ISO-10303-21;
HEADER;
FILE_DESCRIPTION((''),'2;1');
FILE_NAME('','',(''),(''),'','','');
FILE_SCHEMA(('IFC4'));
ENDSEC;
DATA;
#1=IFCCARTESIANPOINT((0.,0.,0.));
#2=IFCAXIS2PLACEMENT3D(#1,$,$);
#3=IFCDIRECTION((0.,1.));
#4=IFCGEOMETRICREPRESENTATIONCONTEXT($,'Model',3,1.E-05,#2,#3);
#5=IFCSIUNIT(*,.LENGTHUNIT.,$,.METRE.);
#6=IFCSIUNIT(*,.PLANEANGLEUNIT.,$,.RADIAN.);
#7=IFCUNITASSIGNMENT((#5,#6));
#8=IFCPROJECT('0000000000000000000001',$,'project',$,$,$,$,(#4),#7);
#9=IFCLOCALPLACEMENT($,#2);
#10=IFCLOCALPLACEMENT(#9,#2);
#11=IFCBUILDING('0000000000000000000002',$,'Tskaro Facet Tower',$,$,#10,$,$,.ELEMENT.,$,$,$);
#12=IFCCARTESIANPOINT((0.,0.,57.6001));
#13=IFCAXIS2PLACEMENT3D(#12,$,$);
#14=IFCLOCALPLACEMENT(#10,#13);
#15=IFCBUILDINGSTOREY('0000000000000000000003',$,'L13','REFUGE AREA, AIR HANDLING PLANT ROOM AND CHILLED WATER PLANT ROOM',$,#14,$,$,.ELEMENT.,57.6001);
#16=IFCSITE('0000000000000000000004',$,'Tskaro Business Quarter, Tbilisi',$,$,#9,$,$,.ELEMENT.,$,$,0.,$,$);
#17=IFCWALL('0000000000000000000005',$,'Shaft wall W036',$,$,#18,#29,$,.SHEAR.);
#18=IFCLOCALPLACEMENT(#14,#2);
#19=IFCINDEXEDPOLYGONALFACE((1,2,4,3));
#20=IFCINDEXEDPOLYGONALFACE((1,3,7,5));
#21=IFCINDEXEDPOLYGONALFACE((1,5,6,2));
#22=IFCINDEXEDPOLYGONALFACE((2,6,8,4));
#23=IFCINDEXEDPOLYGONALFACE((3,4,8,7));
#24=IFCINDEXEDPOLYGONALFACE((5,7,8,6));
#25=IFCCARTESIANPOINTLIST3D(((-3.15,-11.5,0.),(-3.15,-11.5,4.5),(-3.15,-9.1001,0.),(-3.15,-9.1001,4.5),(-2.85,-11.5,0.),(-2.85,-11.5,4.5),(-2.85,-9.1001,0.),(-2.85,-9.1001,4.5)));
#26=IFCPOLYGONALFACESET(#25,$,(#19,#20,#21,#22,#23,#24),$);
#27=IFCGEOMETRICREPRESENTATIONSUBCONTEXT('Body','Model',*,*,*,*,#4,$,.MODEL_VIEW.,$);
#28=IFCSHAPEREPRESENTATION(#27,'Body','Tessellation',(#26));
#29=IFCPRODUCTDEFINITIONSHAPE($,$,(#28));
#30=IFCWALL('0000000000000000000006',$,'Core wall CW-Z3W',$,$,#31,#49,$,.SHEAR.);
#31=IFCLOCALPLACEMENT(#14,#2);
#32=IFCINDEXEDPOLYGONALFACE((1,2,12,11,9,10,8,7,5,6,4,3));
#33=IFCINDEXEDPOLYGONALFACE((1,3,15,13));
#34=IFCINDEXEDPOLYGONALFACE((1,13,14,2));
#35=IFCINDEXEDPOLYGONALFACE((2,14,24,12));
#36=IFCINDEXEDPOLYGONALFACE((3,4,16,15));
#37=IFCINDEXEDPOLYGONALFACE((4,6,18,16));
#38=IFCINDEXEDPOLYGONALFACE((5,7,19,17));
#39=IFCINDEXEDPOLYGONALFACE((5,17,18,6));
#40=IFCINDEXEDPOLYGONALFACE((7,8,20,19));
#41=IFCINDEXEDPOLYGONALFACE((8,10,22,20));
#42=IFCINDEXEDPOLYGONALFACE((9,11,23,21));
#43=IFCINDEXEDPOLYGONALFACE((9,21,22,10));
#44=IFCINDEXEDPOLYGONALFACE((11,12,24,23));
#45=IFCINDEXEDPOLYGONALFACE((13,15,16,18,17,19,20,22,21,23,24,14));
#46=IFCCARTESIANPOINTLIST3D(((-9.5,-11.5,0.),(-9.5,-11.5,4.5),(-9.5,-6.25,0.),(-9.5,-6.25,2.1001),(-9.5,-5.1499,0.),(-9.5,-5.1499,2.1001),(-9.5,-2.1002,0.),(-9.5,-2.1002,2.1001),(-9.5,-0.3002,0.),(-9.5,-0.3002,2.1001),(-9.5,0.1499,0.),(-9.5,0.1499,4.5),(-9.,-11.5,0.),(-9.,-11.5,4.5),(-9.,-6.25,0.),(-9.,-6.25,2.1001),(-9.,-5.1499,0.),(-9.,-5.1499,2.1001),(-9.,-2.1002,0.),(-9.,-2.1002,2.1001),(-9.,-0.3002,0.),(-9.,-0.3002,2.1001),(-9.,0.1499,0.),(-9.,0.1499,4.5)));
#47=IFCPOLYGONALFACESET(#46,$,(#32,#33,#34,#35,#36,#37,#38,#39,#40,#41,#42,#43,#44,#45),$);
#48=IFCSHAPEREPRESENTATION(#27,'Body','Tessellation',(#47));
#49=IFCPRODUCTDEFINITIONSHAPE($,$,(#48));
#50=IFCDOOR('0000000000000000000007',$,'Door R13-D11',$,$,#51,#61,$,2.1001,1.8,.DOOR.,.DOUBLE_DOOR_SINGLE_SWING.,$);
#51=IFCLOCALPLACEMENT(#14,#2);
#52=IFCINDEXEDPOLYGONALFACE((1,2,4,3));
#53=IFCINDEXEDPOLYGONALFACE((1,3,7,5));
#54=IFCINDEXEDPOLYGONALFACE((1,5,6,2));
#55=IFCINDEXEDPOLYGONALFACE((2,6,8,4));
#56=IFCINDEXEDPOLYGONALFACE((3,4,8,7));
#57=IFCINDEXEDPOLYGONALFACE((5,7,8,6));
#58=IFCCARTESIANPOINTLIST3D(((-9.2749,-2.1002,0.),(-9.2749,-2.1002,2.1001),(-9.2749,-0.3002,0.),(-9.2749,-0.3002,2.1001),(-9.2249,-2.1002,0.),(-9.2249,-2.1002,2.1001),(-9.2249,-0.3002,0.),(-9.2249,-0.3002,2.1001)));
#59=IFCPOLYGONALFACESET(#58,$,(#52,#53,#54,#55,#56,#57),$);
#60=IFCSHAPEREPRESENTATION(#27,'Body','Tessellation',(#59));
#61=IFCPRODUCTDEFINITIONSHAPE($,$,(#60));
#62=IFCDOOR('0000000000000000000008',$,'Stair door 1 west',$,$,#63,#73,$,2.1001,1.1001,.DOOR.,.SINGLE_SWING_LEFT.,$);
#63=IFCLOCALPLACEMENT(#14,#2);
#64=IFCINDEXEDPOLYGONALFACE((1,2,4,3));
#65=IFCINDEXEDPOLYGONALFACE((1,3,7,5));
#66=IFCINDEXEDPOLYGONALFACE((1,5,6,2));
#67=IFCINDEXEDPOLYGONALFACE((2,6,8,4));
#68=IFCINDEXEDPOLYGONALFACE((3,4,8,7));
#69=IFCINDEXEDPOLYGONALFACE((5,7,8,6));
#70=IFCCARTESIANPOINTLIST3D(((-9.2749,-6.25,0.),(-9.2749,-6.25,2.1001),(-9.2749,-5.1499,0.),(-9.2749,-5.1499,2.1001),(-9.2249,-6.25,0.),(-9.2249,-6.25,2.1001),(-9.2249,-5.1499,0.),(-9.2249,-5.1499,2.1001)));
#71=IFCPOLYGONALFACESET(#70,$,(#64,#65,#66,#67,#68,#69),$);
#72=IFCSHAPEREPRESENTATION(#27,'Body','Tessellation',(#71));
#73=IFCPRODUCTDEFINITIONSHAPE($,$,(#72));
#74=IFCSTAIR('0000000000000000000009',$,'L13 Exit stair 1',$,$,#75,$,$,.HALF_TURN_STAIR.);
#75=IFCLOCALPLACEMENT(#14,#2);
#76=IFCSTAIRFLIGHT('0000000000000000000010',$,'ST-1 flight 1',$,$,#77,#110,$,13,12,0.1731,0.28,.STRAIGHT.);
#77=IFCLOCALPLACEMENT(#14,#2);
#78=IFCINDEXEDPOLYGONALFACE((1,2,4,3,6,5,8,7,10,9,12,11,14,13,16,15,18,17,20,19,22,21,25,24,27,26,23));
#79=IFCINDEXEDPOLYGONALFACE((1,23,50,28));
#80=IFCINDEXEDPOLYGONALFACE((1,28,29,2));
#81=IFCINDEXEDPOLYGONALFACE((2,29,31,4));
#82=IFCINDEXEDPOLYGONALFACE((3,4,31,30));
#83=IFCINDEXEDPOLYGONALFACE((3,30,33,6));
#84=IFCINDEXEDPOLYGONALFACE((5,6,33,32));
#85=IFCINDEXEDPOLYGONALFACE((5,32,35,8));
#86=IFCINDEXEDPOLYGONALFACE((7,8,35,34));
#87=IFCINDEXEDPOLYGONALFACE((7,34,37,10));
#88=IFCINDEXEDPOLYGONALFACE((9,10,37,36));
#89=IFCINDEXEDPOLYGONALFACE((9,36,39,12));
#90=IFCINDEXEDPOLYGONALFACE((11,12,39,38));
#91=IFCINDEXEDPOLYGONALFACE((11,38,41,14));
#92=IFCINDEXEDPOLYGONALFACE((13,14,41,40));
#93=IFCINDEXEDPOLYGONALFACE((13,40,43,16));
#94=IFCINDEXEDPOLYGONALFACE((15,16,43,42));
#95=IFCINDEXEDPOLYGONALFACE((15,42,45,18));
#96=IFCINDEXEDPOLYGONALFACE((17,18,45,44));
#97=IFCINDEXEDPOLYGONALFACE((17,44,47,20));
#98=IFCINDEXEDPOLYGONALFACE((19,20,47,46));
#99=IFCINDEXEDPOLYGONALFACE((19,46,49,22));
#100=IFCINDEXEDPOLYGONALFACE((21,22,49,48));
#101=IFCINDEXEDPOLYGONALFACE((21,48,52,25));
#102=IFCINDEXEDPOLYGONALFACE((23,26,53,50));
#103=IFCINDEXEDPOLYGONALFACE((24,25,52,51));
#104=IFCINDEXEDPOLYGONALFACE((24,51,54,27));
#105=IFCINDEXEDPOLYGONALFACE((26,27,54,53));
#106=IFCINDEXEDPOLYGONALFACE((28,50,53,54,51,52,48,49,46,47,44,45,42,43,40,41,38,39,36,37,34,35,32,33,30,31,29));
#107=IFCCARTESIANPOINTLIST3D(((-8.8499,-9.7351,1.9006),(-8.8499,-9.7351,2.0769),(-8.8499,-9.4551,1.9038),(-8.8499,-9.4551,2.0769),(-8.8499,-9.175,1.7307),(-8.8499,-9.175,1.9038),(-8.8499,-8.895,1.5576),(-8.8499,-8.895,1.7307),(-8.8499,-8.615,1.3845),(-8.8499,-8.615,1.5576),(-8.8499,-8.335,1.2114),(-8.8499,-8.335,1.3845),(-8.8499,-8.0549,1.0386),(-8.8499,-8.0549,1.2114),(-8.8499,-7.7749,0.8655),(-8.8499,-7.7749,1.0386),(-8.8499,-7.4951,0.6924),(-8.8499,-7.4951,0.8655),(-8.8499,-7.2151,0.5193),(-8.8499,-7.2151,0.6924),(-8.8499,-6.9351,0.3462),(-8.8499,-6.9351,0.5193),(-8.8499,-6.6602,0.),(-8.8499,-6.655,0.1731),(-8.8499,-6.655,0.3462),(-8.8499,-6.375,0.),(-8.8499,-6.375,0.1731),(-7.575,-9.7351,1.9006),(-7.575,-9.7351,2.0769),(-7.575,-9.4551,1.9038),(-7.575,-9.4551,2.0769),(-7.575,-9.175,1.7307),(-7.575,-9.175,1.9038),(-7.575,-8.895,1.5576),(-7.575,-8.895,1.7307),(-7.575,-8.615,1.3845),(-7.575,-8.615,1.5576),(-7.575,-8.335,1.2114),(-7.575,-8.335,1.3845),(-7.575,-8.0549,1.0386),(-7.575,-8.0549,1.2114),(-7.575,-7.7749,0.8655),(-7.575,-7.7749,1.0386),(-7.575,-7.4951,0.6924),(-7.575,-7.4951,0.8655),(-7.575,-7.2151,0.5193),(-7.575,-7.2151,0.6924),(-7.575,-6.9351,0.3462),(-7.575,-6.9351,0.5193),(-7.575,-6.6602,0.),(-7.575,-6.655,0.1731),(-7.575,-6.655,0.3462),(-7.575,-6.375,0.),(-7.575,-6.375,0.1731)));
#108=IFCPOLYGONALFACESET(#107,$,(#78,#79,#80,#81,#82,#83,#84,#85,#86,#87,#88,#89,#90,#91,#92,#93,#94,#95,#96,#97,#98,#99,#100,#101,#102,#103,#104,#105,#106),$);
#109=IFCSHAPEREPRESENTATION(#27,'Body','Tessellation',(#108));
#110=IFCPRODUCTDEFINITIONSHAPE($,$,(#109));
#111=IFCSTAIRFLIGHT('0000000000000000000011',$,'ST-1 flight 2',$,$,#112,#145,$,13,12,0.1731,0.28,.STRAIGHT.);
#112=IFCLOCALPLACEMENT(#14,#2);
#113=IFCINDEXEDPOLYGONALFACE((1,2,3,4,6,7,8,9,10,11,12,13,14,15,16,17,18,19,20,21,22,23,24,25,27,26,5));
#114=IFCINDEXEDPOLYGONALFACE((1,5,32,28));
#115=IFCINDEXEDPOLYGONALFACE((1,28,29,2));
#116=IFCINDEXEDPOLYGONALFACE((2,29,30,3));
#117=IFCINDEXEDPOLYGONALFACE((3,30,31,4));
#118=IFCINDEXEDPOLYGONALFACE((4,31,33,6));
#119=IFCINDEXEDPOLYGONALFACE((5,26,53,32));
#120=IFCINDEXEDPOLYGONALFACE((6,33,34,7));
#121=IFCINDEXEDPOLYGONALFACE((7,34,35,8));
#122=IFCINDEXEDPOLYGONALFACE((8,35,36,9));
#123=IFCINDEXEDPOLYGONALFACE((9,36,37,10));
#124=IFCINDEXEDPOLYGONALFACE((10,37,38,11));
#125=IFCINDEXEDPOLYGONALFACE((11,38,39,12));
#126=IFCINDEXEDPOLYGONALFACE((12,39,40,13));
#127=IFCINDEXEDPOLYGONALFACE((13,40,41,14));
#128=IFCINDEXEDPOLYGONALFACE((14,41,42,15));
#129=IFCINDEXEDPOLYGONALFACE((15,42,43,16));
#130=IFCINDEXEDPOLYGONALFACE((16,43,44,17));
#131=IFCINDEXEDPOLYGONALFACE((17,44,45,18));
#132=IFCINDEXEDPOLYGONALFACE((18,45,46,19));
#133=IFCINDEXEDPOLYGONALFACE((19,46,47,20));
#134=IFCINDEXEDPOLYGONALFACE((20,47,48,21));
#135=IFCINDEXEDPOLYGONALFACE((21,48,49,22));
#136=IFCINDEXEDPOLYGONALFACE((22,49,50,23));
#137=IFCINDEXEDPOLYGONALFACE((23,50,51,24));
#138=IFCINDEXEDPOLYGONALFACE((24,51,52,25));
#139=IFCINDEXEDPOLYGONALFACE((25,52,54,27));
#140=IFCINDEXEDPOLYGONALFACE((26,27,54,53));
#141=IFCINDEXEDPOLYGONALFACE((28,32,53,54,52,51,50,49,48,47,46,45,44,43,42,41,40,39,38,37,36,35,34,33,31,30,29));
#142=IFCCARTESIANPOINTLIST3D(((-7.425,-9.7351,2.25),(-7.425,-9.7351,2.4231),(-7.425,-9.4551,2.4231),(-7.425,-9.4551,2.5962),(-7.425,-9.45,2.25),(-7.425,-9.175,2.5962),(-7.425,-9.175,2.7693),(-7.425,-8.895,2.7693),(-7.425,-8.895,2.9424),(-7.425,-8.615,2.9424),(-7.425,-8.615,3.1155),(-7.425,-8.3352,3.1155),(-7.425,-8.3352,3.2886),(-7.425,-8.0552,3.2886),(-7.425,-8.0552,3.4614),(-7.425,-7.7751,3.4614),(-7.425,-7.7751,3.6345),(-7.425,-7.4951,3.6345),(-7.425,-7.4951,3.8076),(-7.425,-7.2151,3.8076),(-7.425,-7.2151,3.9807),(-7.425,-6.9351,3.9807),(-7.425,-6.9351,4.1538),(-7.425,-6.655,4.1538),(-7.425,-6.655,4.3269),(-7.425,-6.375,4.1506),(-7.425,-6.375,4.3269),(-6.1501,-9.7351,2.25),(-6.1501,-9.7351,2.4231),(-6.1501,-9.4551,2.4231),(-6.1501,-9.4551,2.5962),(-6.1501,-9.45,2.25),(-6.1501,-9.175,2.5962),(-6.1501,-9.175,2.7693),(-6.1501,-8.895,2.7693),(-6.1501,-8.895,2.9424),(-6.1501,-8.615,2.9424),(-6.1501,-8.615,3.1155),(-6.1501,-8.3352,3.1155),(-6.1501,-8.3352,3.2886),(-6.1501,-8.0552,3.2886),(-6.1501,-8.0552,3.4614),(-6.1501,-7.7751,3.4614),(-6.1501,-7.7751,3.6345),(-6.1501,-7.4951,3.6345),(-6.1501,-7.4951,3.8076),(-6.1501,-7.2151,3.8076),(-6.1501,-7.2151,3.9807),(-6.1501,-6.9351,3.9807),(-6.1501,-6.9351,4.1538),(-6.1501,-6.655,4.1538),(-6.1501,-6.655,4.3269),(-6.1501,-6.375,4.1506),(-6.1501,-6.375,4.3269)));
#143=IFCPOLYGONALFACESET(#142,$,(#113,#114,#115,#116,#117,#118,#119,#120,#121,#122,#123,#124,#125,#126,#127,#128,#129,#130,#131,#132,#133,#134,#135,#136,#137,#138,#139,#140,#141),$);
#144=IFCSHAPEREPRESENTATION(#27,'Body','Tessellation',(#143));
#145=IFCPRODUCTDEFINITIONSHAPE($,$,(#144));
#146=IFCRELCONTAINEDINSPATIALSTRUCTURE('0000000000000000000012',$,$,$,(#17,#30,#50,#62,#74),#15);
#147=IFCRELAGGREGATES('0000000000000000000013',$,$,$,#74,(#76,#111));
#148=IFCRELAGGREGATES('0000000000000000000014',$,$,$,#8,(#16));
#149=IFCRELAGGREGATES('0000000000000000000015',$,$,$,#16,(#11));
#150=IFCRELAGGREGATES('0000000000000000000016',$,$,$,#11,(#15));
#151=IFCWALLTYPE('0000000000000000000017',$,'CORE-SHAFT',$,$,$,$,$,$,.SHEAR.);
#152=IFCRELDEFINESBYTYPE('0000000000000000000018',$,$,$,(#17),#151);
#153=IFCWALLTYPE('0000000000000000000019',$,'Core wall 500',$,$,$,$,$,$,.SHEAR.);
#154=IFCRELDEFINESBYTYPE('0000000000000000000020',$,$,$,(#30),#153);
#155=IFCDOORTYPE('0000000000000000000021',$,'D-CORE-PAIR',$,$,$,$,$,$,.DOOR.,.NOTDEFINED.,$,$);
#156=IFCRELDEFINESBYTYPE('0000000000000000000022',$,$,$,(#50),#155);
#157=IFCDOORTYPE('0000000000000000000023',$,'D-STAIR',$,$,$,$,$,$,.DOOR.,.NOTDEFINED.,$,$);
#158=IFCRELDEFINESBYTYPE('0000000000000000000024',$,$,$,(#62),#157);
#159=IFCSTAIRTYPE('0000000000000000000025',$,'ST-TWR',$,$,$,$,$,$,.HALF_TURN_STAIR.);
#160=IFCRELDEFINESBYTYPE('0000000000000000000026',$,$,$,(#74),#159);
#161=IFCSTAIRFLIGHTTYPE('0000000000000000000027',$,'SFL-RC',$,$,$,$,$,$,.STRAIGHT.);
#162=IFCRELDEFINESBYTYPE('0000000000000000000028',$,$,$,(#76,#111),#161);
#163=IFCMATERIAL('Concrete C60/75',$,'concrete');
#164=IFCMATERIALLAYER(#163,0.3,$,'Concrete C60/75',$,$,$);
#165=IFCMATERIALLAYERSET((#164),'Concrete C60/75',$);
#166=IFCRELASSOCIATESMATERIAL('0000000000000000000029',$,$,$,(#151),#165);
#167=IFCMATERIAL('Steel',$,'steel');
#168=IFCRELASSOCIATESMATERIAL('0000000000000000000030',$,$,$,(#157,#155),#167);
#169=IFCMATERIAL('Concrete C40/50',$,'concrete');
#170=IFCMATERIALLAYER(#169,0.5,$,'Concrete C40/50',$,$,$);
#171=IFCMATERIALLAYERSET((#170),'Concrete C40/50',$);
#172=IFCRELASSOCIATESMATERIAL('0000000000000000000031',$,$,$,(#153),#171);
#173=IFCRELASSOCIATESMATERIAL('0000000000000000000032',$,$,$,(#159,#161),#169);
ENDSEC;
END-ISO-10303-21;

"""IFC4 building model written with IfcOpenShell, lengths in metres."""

from ifc_helpers import new_model, si_unit, direction, frame, frame_2d, origin, place, context, subcontext, project, spatial, polyline, rectangle, outline, extrude, material, layer, layer_set, type_object, element, fill, aggregate, save


model = new_model("IFC4")

# Units and contexts
model_context = context("Model", 3, precision=1e-05, world=origin(), true_north=direction((0.0, 1.0)))
body_context = subcontext(model_context, "Body", "Model", "MODEL_VIEW")
ifc_project = project(units=[si_unit("LENGTHUNIT", "METRE"), si_unit("PLANEANGLEUNIT", "RADIAN")], contexts=[model_context])

# Site, building, storey
site_placement = place(None, origin())
site = spatial("IfcSite", under=ifc_project, at=site_placement, Name="Tskaro Business Quarter, Tbilisi", CompositionType="ELEMENT", RefElevation=0.0)
building_placement = place(site_placement, origin())
building = spatial("IfcBuilding", under=site, at=building_placement, Name="Tskaro Facet Tower", CompositionType="ELEMENT")
storey_placement = place(building_placement, frame((0.0, 0.0, 57.6001)))
storey = spatial("IfcBuildingStorey", under=building, at=storey_placement, Name="L13", Description="REFUGE AREA, AIR HANDLING PLANT ROOM AND CHILLED WATER PLANT ROOM", CompositionType="ELEMENT", Elevation=57.6001)

# Shared definitions
ifc_material_1 = material(Name="Concrete C60/75", Category="concrete")
ifc_layer_1 = layer(ifc_material_1, 0.3, Name="Concrete C60/75")
ifc_layer_set_1 = layer_set([ifc_layer_1], Name="Concrete C60/75")
wall_type_1 = type_object("IfcWallType", Name="CORE-SHAFT", PredefinedType="SHEAR", material=ifc_layer_set_1)

# Shared definitions
ifc_material_2 = material(Name="Steel", Category="steel")
door_type_1 = type_object("IfcDoorType", Name="D-STAIR", OperationType="NOTDEFINED", PredefinedType="DOOR", material=ifc_material_2)

# Wall
wall_1_placement = place(storey_placement, frame((-3.0, -11.5, 0.0), z_axis=(0.0, 0.0, 1.0), x_axis=(0.0, 1.0, 0.0)))
element("IfcWall", 1, at=wall_1_placement, inside=storey, type_object=wall_type_1, Name="Shaft wall W036", PredefinedType="SHEAR", context=body_context, shape_type="SweptSolid", body=[
    extrude(rectangle(XDim=2.3999, YDim=0.3, at=frame_2d((1.2, 0.0))), origin(), (0.0, 0.0, 1.0), 4.5),
])

# Wall, openings, doors
ifc_material_3 = material(Name="Concrete C40/50", Category="concrete")
ifc_layer_2 = layer(ifc_material_3, 0.5, Name="Concrete C40/50")
ifc_layer_set_2 = layer_set([ifc_layer_2], Name="Concrete C40/50")
wall_type_2 = type_object("IfcWallType", Name="Core wall 500", PredefinedType="SHEAR", material=ifc_layer_set_2)
wall_2_placement = place(storey_placement, frame((-9.25, -11.5, 0.0), z_axis=(0.0, 0.0, 1.0), x_axis=(0.0, 1.0, 0.0)))
wall_2 = element("IfcWall", 2, at=wall_2_placement, inside=storey, type_object=wall_type_2, Name="Core wall CW-Z3W", PredefinedType="SHEAR", context=body_context, shape_type="SweptSolid", body=[
    extrude(rectangle(XDim=11.6499, YDim=0.5, at=frame_2d((5.825, 0.0))), origin(), (0.0, 0.0, 1.0), 4.5),
])
opening_1_placement = place(wall_2_placement, frame((9.3999, 0.0, 0.0)))
opening_1 = element("IfcOpeningElement", 3, at=opening_1_placement, cuts=wall_2, PredefinedType="OPENING", context=body_context, shape_type="SweptSolid", body=[
    extrude(rectangle(XDim=1.8, YDim=2.1001, at=frame_2d((0.8999, 1.05))), frame((0.0, 0.26, 0.0), z_axis=(0.0, -1.0, 0.0), x_axis=(1.0, 0.0, 0.0)), (0.0, 0.0, 1.0), 0.52),
])
opening_2_placement = place(wall_2_placement, frame((5.25, 0.0, 0.0)))
opening_2 = element("IfcOpeningElement", 4, at=opening_2_placement, cuts=wall_2, PredefinedType="OPENING", context=body_context, shape_type="SweptSolid", body=[
    extrude(rectangle(XDim=1.1001, YDim=2.1001, at=frame_2d((0.55, 1.05))), frame((0.0, 0.26, 0.0), z_axis=(0.0, -1.0, 0.0), x_axis=(1.0, 0.0, 0.0)), (0.0, 0.0, 1.0), 0.52),
])
door_type_2 = type_object("IfcDoorType", Name="D-CORE-PAIR", OperationType="NOTDEFINED", PredefinedType="DOOR", material=ifc_material_2)
door_1_placement = place(opening_1_placement, origin())
door_1 = element("IfcDoor", 5, at=door_1_placement, inside=storey, type_object=door_type_2, Name="Door R13-D11", OperationType="DOUBLE_DOOR_SINGLE_SWING", OverallHeight=2.1001, OverallWidth=1.8, PredefinedType="DOOR", context=body_context, shape_type="SweptSolid", body=[
    extrude(rectangle(XDim=1.8, YDim=2.1001, at=frame_2d((0.8999, 1.05))), frame((0.0, 0.0249, 0.0), z_axis=(0.0, -1.0, 0.0), x_axis=(1.0, 0.0, 0.0)), (0.0, 0.0, 1.0), 0.05),
])
fill(opening_1, door_1)
door_2_placement = place(opening_2_placement, origin())
door_2 = element("IfcDoor", 6, at=door_2_placement, inside=storey, type_object=door_type_1, Name="Stair door 1 west", OperationType="SINGLE_SWING_LEFT", OverallHeight=2.1001, OverallWidth=1.1001, PredefinedType="DOOR", context=body_context, shape_type="SweptSolid", body=[
    extrude(rectangle(XDim=1.1001, YDim=2.1001, at=frame_2d((0.55, 1.05))), frame((0.0, 0.0249, 0.0), z_axis=(0.0, -1.0, 0.0), x_axis=(1.0, 0.0, 0.0)), (0.0, 0.0, 1.0), 0.05),
])
fill(opening_2, door_2)

# Stair, stair flights
stair_type = type_object("IfcStairType", Name="ST-TWR", PredefinedType="HALF_TURN_STAIR", material=ifc_material_3)
stair_placement = place(storey_placement, origin())
stair = element("IfcStair", 7, at=stair_placement, inside=storey, type_object=stair_type, Name="L13 Exit stair 1", PredefinedType="HALF_TURN_STAIR")
stair_flight_type = type_object("IfcStairFlightType", Name="SFL-RC", PredefinedType="STRAIGHT", material=ifc_material_3)
stair_flight_1_placement = place(storey_placement, frame((-8.2124, -6.375, 0.0), z_axis=(0.0, 0.0, 1.0), x_axis=(0.0, -1.0, 0.0)))
stair_flight_1 = element("IfcStairFlight", 8, at=stair_flight_1_placement, type_object=stair_flight_type, Name="ST-1 flight 1", NumberOfRisers=13, NumberOfTreads=12, PredefinedType="STRAIGHT", RiserHeight=0.1731, TreadLength=0.28, context=body_context, shape_type="SweptSolid", body=[
    extrude(outline(polyline([(0.0, 0.0), (0.0, 0.1731), (0.28, 0.1731), (0.28, 0.3462), (0.5601, 0.3462), (0.5601, 0.5193), (0.8401, 0.5193), (0.8401, 0.6924), (1.1201, 0.6924), (1.1201, 0.8655), (1.3999, 0.8655), (1.3999, 1.0386), (1.6799, 1.0386), (1.6799, 1.2114), (1.96, 1.2114), (1.96, 1.3845), (2.24, 1.3845), (2.24, 1.5576), (2.52, 1.5576), (2.52, 1.7307), (2.8, 1.7307), (2.8, 1.9038), (3.0801, 1.9038), (3.0801, 2.0769), (3.3601, 2.0769), (3.3601, 2.25), (3.3601, 1.9006), (0.2852, 0.0), (0.0, 0.0)])), frame((0.0, 0.6375, 0.0), z_axis=(0.0, -1.0, 0.0), x_axis=(1.0, 0.0, 0.0)), (0.0, 0.0, 1.0), 1.2749),
])
stair_flight_2_placement = place(storey_placement, frame((-6.7876, -9.7351, 2.25), z_axis=(0.0, 0.0, 1.0), x_axis=(0.0, 1.0, 0.0)))
stair_flight_2 = element("IfcStairFlight", 9, at=stair_flight_2_placement, type_object=stair_flight_type, Name="ST-1 flight 2", NumberOfRisers=13, NumberOfTreads=12, PredefinedType="STRAIGHT", RiserHeight=0.1731, TreadLength=0.28, context=body_context, shape_type="SweptSolid", body=[
    extrude(outline(polyline([(0.0, 0.0), (0.0, 0.1731), (0.28, 0.1731), (0.28, 0.3462), (0.5601, 0.3462), (0.5601, 0.5193), (0.8401, 0.5193), (0.8401, 0.6924), (1.1201, 0.6924), (1.1201, 0.8655), (1.3999, 0.8655), (1.3999, 1.0386), (1.6799, 1.0386), (1.6799, 1.2114), (1.96, 1.2114), (1.96, 1.3845), (2.24, 1.3845), (2.24, 1.5576), (2.52, 1.5576), (2.52, 1.7307), (2.8, 1.7307), (2.8, 1.9038), (3.0801, 1.9038), (3.0801, 2.0769), (3.3601, 2.0769), (3.3601, 2.25), (3.3601, 1.9006), (0.2852, 0.0), (0.0, 0.0)])), frame((0.0, 0.6375, 0.0), z_axis=(0.0, -1.0, 0.0), x_axis=(1.0, 0.0, 0.0)), (0.0, 0.0, 1.0), 1.2749),
])
aggregate(stair, [stair_flight_1, stair_flight_2])

save(model, "model.ifc")
